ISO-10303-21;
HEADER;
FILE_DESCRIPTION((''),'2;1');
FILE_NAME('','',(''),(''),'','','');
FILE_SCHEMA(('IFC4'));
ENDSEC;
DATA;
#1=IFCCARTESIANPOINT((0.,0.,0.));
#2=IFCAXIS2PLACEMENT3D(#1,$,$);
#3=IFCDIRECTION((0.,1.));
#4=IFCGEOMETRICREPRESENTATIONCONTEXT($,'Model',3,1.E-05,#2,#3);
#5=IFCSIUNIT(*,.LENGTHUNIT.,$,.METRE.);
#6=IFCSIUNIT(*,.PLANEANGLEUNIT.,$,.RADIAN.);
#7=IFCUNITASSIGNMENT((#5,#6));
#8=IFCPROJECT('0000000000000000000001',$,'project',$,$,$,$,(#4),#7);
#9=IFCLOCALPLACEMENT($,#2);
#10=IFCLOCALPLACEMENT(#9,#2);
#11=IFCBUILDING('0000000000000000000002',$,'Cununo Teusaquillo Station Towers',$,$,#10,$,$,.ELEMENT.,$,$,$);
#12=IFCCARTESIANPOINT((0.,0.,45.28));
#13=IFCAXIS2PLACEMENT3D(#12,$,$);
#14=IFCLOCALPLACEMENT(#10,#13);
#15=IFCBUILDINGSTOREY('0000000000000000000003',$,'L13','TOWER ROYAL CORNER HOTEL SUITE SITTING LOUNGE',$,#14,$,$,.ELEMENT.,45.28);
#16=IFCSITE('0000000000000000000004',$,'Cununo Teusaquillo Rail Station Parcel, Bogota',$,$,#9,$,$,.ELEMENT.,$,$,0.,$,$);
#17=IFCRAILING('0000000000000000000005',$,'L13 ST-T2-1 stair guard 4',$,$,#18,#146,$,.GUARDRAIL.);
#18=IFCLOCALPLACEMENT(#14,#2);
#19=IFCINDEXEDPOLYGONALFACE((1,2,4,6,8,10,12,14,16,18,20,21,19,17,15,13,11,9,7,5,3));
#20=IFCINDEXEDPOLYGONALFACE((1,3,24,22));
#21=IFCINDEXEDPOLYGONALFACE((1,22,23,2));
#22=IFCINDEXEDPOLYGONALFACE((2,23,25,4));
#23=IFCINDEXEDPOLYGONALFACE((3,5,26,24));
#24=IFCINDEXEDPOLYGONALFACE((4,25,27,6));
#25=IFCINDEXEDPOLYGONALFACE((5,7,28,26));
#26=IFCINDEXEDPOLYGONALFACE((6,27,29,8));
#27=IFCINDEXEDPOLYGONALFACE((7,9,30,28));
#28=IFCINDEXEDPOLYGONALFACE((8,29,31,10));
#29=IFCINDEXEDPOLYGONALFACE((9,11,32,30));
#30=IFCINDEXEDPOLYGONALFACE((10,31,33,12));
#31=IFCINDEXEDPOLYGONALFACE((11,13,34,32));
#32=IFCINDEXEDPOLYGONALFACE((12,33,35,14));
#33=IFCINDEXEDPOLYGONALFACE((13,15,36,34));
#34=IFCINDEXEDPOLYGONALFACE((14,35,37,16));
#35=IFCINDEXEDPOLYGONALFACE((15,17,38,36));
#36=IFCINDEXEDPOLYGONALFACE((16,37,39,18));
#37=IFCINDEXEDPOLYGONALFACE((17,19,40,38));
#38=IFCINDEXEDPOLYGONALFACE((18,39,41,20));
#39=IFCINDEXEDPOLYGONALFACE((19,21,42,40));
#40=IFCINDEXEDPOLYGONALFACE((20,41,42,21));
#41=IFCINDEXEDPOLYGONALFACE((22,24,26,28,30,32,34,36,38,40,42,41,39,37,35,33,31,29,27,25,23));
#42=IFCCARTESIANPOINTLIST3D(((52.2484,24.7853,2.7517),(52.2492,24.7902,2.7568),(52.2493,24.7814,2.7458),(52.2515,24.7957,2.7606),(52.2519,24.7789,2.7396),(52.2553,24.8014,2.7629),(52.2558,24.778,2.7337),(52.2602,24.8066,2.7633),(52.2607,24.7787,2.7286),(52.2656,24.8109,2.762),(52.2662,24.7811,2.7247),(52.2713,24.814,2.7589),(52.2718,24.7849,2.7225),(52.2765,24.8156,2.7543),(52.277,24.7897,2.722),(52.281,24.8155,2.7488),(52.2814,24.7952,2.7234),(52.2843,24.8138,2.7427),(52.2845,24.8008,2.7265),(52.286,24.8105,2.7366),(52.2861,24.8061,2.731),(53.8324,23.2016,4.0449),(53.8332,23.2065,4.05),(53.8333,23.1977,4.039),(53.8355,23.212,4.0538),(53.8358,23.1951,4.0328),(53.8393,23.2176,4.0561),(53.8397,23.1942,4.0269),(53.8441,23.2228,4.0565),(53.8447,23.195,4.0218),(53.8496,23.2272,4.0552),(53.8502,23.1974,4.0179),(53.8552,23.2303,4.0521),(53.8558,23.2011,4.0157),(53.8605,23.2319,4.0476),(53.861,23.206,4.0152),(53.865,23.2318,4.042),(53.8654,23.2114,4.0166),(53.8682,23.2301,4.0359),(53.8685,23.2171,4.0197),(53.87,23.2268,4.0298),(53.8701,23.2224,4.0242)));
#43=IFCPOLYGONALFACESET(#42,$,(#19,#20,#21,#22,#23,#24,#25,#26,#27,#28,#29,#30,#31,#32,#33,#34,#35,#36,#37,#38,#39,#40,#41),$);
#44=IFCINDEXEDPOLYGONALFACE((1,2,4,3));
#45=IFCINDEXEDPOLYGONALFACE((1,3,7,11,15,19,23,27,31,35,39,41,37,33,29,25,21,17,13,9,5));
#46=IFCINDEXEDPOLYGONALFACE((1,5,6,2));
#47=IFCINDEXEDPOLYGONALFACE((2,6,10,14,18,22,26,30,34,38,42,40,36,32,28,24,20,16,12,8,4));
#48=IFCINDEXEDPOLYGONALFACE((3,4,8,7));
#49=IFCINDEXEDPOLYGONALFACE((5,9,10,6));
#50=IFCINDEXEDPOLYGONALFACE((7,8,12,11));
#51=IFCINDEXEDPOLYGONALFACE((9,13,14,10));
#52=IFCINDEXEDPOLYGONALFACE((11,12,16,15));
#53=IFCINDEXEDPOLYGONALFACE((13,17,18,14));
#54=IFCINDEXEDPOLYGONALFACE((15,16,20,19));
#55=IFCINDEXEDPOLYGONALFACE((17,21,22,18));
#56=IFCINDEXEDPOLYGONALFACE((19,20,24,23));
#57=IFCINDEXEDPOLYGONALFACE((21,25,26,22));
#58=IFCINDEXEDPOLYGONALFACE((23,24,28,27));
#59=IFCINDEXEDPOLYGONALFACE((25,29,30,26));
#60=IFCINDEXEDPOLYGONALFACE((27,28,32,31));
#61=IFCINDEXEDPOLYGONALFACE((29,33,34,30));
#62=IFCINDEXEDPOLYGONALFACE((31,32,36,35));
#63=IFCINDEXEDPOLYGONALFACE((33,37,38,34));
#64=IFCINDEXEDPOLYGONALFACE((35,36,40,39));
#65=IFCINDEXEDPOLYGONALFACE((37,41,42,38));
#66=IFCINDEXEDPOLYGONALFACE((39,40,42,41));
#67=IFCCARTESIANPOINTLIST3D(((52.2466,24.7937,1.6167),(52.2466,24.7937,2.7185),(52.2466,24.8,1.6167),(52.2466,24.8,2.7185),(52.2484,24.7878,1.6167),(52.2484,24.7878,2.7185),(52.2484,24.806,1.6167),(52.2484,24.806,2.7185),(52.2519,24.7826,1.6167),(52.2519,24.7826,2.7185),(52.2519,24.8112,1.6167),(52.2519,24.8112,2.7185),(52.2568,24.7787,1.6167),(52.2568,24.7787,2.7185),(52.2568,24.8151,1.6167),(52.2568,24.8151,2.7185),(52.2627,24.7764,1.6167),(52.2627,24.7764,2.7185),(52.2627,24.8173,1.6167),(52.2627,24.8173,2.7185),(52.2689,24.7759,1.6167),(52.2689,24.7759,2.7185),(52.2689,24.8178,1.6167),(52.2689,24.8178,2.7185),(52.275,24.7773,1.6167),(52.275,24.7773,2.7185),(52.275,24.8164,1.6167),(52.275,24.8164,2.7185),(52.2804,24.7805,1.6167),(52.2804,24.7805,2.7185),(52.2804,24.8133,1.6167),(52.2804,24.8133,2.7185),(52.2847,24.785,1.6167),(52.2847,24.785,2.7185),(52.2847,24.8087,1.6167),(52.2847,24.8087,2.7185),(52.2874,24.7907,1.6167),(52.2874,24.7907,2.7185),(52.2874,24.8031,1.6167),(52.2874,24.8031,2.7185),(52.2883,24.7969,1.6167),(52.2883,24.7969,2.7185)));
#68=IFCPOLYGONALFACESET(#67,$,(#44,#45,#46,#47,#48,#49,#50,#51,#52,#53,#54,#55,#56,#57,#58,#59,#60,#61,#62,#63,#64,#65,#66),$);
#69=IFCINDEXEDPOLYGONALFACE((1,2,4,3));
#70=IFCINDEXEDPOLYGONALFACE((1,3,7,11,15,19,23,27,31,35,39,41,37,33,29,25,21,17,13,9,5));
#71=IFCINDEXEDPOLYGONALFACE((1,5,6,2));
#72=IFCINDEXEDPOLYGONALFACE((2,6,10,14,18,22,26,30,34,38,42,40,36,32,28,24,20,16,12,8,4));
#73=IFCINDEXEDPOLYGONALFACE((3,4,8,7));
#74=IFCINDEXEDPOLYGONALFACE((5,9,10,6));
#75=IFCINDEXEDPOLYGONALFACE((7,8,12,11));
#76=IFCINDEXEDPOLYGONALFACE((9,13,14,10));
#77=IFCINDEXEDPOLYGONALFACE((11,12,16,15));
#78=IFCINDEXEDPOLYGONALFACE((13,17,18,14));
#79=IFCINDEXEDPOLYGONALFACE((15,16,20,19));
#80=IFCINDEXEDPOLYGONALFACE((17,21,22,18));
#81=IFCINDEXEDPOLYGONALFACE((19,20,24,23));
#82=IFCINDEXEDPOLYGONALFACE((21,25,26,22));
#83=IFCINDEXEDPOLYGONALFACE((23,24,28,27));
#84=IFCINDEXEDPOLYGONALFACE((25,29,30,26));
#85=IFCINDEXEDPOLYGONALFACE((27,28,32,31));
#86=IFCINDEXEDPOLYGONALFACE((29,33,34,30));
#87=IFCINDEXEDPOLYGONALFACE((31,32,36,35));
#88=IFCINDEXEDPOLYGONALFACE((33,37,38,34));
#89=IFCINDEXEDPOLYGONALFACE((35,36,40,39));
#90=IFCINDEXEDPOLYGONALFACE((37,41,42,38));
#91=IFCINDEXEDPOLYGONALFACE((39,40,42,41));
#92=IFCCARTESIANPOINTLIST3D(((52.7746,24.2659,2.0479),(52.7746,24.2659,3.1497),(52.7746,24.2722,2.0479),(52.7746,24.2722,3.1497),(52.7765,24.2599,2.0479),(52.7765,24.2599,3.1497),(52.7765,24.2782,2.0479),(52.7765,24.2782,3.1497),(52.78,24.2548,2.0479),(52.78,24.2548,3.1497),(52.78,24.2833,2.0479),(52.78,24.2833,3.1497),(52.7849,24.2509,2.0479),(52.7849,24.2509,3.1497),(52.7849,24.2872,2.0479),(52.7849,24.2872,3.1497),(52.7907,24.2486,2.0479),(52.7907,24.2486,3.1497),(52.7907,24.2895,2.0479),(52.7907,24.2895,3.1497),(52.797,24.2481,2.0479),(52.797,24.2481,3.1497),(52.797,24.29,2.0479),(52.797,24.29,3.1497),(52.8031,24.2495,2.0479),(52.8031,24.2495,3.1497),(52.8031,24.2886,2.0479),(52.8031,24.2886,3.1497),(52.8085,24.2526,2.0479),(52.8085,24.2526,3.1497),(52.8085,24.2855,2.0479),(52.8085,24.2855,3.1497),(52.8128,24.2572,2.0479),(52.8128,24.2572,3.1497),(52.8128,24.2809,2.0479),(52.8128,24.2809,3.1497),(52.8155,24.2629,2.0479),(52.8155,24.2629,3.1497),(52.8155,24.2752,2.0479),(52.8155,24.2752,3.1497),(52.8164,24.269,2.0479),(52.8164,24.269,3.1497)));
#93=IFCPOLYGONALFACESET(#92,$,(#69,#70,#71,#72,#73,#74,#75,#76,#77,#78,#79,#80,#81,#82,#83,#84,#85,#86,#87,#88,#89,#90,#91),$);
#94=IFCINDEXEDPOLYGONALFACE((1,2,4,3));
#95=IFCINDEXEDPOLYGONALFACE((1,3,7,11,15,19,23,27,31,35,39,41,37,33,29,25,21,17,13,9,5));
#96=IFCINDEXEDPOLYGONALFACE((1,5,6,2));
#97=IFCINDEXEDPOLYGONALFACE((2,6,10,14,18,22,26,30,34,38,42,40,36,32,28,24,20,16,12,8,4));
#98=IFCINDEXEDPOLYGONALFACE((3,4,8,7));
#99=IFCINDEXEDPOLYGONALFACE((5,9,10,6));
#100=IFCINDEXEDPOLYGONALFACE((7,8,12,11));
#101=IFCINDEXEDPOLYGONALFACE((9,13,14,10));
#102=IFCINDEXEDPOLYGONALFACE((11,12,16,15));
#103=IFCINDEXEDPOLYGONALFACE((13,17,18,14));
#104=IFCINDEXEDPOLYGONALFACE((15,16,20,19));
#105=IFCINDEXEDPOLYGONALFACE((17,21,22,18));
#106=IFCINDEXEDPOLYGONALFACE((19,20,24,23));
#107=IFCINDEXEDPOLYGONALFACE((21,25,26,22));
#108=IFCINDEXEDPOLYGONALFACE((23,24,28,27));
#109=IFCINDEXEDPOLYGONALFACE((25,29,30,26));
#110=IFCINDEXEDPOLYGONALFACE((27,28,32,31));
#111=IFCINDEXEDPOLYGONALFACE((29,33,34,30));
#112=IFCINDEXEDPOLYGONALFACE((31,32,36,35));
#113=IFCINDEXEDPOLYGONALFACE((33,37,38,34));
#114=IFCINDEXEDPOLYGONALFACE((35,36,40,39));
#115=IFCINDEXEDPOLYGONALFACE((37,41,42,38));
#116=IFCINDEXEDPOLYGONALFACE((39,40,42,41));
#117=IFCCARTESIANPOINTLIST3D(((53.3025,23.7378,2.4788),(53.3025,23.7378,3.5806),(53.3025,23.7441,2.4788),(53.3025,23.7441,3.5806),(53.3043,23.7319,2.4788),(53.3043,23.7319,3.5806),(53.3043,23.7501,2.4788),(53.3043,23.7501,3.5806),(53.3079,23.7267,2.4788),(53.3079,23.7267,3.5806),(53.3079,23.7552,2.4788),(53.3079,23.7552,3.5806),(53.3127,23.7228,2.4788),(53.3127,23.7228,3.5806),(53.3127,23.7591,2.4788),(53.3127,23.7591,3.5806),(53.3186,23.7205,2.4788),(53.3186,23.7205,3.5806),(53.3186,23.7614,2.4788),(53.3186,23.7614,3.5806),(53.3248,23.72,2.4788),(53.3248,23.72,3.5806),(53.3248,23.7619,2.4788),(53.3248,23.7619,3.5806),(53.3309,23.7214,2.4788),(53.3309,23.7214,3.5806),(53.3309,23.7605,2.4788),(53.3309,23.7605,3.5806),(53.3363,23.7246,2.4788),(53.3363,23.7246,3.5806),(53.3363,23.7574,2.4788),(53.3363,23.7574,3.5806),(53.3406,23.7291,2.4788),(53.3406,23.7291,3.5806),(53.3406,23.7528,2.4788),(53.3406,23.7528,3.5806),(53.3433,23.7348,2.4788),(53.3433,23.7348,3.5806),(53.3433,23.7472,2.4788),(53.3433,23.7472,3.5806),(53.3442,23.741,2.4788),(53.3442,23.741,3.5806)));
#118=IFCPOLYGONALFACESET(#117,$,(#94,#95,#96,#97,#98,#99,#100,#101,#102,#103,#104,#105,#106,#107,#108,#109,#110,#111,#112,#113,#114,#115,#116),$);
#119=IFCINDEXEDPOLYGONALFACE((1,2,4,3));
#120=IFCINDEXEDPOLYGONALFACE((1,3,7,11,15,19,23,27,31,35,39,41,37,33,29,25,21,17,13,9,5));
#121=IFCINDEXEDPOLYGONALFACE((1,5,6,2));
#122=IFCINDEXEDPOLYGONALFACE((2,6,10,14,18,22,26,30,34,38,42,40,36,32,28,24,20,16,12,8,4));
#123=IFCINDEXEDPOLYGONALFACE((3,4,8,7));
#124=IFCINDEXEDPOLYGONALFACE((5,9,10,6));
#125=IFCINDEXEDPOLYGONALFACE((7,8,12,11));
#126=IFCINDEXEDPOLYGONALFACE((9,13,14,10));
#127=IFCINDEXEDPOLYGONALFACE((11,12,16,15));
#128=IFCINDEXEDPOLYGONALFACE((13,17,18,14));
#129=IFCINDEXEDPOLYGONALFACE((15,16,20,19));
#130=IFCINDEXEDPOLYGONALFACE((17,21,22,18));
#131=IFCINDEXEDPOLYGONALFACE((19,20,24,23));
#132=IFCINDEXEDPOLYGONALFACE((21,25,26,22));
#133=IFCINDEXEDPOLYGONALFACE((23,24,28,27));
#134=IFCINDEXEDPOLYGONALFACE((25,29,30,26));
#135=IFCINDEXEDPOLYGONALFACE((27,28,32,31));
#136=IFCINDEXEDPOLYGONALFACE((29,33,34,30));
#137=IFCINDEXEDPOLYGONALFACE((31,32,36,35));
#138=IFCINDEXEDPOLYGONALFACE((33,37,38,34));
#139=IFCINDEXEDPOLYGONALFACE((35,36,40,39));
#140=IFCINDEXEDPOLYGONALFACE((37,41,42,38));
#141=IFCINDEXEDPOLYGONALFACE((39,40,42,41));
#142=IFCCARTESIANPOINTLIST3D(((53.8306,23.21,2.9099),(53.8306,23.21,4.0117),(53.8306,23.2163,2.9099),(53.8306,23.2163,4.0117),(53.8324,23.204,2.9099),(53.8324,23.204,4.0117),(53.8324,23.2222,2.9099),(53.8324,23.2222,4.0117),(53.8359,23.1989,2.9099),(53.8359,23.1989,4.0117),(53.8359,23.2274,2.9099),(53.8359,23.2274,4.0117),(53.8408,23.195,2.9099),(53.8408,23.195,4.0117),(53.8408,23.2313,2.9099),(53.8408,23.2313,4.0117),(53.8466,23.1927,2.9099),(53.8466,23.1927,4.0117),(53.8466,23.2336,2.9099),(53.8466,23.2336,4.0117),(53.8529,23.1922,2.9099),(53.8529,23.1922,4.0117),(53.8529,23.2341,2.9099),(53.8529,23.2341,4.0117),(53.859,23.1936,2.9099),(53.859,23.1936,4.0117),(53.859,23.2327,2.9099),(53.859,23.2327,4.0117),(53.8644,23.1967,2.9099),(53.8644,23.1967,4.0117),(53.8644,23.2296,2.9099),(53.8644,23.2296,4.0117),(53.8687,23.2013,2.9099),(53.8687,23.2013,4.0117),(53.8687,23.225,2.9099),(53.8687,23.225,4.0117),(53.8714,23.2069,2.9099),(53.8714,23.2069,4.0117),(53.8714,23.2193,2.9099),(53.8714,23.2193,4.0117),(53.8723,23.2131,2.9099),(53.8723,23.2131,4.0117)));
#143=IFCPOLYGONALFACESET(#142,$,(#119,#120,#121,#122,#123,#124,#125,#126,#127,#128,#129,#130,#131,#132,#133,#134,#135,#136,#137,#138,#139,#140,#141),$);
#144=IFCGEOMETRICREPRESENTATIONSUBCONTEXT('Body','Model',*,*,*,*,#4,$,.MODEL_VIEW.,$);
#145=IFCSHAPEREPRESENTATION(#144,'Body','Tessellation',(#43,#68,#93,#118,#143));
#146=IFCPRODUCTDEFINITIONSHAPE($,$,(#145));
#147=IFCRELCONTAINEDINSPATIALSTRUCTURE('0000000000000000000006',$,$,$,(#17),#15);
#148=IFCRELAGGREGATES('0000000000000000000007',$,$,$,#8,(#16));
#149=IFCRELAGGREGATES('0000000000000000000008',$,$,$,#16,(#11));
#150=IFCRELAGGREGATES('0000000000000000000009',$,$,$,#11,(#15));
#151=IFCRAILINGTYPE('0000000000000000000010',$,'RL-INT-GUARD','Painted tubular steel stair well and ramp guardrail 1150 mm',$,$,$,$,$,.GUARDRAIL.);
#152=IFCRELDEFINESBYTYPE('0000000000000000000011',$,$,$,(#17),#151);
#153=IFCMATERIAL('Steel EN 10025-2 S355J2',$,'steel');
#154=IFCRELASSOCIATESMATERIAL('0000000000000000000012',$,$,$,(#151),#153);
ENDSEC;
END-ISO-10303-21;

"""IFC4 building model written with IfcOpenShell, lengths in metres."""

from ifc_helpers import new_model, si_unit, direction, frame, origin, origin_2d, place, context, subcontext, project, spatial, circle, extrude, material, type_object, element, save


model = new_model("IFC4")

# Units and contexts
model_context = context("Model", 3, precision=1e-05, world=origin(), true_north=direction((0.0, 1.0)))
body_context = subcontext(model_context, "Body", "Model", "MODEL_VIEW")
ifc_project = project(units=[si_unit("LENGTHUNIT", "METRE"), si_unit("PLANEANGLEUNIT", "RADIAN")], contexts=[model_context])

# Site, building, storey
site_placement = place(None, origin())
site = spatial("IfcSite", under=ifc_project, at=site_placement, Name="Cununo Teusaquillo Rail Station Parcel, Bogota", CompositionType="ELEMENT", RefElevation=0.0)
building_placement = place(site_placement, origin())
building = spatial("IfcBuilding", under=site, at=building_placement, Name="Cununo Teusaquillo Station Towers", CompositionType="ELEMENT")
storey_placement = place(building_placement, frame((0.0, 0.0, 45.28)))
storey = spatial("IfcBuildingStorey", under=building, at=storey_placement, Name="L13", Description="TOWER ROYAL CORNER HOTEL SUITE SITTING LOUNGE", CompositionType="ELEMENT", Elevation=45.28)

# Railing
ifc_material_1 = material(Name="Steel EN 10025-2 S355J2", Category="steel")
railing_type_1 = type_object("IfcRailingType", Name="RL-INT-GUARD", Description="Painted tubular steel stair well and ramp guardrail 1150 mm", PredefinedType="GUARDRAIL", material=ifc_material_1)
railing_1_placement = place(storey_placement, frame((52.2673, 24.7969, 1.6167)))
element("IfcRailing", 1, at=railing_1_placement, inside=storey, type_object=railing_type_1, Name="L13 ST-T2-1 stair guard 4", PredefinedType="GUARDRAIL", context=body_context, shape_type="SweptSolid", body=[
    extrude(circle(Radius=0.0239, at=origin_2d()), frame((0.0, 0.0, 1.126), z_axis=(0.61242, -0.612326, 0.499998), x_axis=(0.707052, 0.707161, 0.0)), (0.0, 0.0, 1.0), 2.5864),
    extrude(circle(Radius=0.021, at=origin_2d()), origin(), (0.0, 0.0, 1.0), 1.1018),
    extrude(circle(Radius=0.021, at=origin_2d()), frame((0.5281, -0.5278, 0.4312)), (0.0, 0.0, 1.0), 1.1018),
    extrude(circle(Radius=0.021, at=origin_2d()), frame((1.0559, -1.0559, 0.8621)), (0.0, 0.0, 1.0), 1.1018),
    extrude(circle(Radius=0.021, at=origin_2d()), frame((1.584, -1.5837, 1.2932)), (0.0, 0.0, 1.0), 1.1018),
])

save(model, "model.ifc")
